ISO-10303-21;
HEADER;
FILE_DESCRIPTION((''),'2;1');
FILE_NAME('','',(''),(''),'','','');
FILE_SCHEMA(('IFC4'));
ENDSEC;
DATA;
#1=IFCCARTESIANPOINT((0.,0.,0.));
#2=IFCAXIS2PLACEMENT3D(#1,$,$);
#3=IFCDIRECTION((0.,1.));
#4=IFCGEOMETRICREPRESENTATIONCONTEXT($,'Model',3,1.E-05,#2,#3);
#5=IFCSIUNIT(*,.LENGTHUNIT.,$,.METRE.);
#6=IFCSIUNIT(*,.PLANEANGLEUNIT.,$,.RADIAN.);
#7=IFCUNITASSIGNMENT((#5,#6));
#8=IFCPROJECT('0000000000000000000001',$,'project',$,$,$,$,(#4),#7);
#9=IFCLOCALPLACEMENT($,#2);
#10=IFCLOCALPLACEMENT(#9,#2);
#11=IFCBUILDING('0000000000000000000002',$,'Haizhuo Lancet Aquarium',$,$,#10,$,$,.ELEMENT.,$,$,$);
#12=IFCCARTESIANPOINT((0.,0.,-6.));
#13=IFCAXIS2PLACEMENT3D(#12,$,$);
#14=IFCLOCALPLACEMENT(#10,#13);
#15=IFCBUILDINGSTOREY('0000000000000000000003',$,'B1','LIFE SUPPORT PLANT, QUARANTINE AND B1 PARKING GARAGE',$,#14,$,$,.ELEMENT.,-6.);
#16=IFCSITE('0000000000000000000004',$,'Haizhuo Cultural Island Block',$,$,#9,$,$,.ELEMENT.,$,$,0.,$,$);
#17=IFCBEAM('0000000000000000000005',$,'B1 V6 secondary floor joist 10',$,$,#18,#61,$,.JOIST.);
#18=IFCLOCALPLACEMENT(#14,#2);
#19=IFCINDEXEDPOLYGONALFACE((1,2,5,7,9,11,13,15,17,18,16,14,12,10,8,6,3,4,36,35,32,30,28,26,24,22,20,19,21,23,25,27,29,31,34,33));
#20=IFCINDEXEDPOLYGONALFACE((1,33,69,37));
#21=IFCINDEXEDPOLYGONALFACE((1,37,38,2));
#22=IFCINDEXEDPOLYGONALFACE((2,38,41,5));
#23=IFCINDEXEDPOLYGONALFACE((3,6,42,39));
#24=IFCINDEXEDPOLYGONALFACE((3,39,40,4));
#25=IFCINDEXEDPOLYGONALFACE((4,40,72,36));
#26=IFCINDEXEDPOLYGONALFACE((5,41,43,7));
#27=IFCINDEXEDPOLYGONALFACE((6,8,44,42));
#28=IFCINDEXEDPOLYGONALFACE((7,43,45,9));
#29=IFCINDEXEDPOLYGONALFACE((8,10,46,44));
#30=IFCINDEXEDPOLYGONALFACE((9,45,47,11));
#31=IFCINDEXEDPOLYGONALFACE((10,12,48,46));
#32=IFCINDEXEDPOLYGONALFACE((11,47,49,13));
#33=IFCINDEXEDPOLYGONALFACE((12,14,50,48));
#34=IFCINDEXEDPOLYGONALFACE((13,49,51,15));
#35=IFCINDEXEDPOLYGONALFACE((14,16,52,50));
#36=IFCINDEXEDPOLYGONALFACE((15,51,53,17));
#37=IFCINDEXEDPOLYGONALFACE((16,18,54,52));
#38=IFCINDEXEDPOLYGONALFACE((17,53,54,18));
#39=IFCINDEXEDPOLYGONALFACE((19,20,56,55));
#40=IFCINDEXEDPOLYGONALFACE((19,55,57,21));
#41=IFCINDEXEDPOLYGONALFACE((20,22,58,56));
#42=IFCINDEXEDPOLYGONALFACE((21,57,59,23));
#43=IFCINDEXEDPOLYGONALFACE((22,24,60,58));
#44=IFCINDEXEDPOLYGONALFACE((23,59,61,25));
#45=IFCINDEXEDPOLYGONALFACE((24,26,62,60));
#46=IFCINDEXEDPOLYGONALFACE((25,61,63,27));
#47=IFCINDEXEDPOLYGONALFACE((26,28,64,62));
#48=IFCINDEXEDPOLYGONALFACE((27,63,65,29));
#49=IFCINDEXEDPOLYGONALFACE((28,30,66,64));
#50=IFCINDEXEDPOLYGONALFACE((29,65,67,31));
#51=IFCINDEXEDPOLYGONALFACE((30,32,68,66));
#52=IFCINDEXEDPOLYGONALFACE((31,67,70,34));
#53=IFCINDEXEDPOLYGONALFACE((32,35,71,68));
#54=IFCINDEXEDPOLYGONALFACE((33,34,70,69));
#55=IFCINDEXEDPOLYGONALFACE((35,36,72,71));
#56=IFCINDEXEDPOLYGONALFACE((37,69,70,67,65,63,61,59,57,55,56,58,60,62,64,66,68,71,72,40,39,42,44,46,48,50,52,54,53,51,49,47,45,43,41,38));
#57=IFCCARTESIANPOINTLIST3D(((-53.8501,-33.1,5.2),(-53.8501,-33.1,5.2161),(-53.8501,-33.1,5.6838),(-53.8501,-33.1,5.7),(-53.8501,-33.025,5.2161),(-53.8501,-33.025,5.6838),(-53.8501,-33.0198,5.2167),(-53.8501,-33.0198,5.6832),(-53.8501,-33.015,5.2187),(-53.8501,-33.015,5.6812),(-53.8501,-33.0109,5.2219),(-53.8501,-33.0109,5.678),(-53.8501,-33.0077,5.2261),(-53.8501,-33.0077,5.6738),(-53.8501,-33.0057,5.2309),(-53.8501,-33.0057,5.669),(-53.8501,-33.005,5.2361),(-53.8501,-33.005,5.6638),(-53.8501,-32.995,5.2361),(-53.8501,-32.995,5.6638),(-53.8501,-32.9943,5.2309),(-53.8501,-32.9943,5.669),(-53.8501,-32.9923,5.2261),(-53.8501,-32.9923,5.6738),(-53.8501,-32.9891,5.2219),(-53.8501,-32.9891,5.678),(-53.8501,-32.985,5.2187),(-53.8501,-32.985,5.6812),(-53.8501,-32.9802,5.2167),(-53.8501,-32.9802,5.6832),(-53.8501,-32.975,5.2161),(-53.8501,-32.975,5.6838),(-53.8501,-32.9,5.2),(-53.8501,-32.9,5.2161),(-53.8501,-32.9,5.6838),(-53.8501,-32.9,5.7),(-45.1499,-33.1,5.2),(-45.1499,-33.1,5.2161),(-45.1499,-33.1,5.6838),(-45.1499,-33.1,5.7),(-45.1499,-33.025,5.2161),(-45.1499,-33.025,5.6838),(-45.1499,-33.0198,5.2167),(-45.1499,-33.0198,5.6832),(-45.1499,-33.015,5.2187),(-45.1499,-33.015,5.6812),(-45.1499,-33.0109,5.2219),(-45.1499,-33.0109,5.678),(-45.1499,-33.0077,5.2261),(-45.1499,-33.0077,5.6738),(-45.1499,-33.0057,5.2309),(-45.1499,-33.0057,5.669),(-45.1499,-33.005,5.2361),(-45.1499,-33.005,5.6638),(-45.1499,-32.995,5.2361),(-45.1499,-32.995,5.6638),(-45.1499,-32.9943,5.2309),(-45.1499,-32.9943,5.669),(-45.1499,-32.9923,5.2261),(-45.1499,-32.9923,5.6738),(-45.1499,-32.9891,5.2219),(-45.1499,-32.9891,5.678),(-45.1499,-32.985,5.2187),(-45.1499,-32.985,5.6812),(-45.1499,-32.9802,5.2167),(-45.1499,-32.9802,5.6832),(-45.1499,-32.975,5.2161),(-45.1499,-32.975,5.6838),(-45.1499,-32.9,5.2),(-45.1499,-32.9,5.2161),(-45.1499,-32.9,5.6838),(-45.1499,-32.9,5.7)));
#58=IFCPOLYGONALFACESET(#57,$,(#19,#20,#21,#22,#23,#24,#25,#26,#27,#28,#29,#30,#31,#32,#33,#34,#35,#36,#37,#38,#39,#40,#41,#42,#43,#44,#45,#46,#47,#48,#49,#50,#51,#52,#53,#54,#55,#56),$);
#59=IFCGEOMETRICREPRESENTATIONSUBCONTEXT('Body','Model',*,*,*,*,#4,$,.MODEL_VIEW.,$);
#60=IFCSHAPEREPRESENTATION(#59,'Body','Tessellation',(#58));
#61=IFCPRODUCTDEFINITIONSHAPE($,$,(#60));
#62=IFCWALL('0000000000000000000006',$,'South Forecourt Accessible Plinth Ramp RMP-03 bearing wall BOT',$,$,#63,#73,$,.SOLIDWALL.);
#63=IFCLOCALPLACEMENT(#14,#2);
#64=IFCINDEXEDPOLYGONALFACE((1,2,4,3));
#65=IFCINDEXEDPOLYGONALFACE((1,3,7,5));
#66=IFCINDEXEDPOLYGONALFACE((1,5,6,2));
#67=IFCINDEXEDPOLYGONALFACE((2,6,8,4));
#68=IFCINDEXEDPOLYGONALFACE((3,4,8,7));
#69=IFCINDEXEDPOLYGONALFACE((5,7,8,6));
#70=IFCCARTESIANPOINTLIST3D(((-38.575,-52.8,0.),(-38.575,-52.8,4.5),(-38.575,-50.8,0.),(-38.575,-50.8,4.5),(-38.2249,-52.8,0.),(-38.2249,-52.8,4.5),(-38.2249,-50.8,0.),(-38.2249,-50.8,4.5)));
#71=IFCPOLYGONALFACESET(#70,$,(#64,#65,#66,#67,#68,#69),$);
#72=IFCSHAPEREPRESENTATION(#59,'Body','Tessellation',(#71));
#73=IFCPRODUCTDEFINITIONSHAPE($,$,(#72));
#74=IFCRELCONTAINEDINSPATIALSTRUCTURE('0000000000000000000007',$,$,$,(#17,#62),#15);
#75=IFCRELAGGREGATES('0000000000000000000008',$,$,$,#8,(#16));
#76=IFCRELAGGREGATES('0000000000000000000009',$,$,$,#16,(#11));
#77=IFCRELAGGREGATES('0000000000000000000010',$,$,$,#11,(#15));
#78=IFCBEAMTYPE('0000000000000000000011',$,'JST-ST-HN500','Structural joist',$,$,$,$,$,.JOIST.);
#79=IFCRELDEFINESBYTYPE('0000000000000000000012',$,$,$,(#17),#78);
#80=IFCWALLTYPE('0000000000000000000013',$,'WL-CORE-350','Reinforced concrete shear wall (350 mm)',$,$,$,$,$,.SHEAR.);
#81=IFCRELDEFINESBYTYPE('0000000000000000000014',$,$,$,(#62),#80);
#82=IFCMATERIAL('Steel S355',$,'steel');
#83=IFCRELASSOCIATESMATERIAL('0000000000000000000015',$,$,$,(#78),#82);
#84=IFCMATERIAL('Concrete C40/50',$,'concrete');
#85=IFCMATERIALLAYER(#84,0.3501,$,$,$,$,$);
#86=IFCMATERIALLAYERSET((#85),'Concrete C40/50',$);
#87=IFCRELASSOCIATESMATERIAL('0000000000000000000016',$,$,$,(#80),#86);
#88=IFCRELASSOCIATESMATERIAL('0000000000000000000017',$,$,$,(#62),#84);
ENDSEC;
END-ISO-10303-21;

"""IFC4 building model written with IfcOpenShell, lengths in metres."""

from ifc_helpers import new_model, si_unit, direction, frame, frame_2d, origin, origin_2d, place, context, subcontext, project, spatial, rectangle, i_section, extrude, material, layer, layer_set, material_profile, profile_set, type_object, element, save


model = new_model("IFC4")

# Units and contexts
model_context = context("Model", 3, precision=1e-05, world=origin(), true_north=direction((0.0, 1.0)))
body_context = subcontext(model_context, "Body", "Model", "MODEL_VIEW")
ifc_project = project(units=[si_unit("LENGTHUNIT", "METRE"), si_unit("PLANEANGLEUNIT", "RADIAN")], contexts=[model_context])

# Site, building, storey
site_placement = place(None, origin())
site = spatial("IfcSite", under=ifc_project, at=site_placement, Name="Haizhuo Cultural Island Block", CompositionType="ELEMENT", RefElevation=0.0)
building_placement = place(site_placement, origin())
building = spatial("IfcBuilding", under=site, at=building_placement, Name="Haizhuo Lancet Aquarium", CompositionType="ELEMENT")
storey_placement = place(building_placement, frame((0.0, 0.0, -6.0)))
storey = spatial("IfcBuildingStorey", under=building, at=storey_placement, Name="B1", Description="LIFE SUPPORT PLANT, QUARANTINE AND B1 PARKING GARAGE", CompositionType="ELEMENT", Elevation=-6.0)

# Shared definitions
ifc_material_1 = material(Name="Concrete C40/50", Category="concrete")

# Beam
ifc_material_2 = material(Name="Steel S355", Category="steel")
ifc_material_profile_1 = material_profile(ifc_material_2, i_section(OverallWidth=0.2, OverallDepth=0.5, WebThickness=0.01, FlangeThickness=0.0161, FilletRadius=0.02, at=origin_2d()), Name="HN 500x200x10x16")
ifc_profile_set_1 = profile_set([ifc_material_profile_1], Name="Steel S355")
beam_type_1 = type_object("IfcBeamType", Name="JST-ST-HN500", Description="Structural joist", PredefinedType="JOIST", material=ifc_profile_set_1)
beam_1_placement = place(storey_placement, frame((-53.8501, -33.0, 5.45), z_axis=(1.0, 0.0, 0.0), x_axis=(0.0, 1.0, 0.0)))
element("IfcBeam", 1, at=beam_1_placement, inside=storey, type_object=beam_type_1, Name="B1 V6 secondary floor joist 10", PredefinedType="JOIST", context=body_context, shape_type="SweptSolid", body=[
    extrude(i_section(OverallWidth=0.2, OverallDepth=0.5, WebThickness=0.01, FlangeThickness=0.0161, FilletRadius=0.02, at=origin_2d()), origin(), (0.0, 0.0, 1.0), 8.7002),
])

# Wall
ifc_layer = layer(ifc_material_1, 0.3501)
ifc_layer_set = layer_set([ifc_layer], Name="Concrete C40/50")
wall_type = type_object("IfcWallType", Name="WL-CORE-350", Description="Reinforced concrete shear wall (350 mm)", PredefinedType="SHEAR", material=ifc_layer_set)
wall_placement = place(storey_placement, frame((-38.3999, -52.8, 0.0), z_axis=(0.0, 0.0, 1.0), x_axis=(0.0, 1.0, 0.0)))
element("IfcWall", 2, at=wall_placement, inside=storey, type_object=wall_type, material=ifc_material_1, Name="South Forecourt Accessible Plinth Ramp RMP-03 bearing wall BOT", PredefinedType="SOLIDWALL", context=body_context, shape_type="SweptSolid", body=[
    extrude(rectangle(XDim=2.0, YDim=0.3501, at=frame_2d((1.0, 0.0))), origin(), (0.0, 0.0, 1.0), 4.5),
])

save(model, "model.ifc")
